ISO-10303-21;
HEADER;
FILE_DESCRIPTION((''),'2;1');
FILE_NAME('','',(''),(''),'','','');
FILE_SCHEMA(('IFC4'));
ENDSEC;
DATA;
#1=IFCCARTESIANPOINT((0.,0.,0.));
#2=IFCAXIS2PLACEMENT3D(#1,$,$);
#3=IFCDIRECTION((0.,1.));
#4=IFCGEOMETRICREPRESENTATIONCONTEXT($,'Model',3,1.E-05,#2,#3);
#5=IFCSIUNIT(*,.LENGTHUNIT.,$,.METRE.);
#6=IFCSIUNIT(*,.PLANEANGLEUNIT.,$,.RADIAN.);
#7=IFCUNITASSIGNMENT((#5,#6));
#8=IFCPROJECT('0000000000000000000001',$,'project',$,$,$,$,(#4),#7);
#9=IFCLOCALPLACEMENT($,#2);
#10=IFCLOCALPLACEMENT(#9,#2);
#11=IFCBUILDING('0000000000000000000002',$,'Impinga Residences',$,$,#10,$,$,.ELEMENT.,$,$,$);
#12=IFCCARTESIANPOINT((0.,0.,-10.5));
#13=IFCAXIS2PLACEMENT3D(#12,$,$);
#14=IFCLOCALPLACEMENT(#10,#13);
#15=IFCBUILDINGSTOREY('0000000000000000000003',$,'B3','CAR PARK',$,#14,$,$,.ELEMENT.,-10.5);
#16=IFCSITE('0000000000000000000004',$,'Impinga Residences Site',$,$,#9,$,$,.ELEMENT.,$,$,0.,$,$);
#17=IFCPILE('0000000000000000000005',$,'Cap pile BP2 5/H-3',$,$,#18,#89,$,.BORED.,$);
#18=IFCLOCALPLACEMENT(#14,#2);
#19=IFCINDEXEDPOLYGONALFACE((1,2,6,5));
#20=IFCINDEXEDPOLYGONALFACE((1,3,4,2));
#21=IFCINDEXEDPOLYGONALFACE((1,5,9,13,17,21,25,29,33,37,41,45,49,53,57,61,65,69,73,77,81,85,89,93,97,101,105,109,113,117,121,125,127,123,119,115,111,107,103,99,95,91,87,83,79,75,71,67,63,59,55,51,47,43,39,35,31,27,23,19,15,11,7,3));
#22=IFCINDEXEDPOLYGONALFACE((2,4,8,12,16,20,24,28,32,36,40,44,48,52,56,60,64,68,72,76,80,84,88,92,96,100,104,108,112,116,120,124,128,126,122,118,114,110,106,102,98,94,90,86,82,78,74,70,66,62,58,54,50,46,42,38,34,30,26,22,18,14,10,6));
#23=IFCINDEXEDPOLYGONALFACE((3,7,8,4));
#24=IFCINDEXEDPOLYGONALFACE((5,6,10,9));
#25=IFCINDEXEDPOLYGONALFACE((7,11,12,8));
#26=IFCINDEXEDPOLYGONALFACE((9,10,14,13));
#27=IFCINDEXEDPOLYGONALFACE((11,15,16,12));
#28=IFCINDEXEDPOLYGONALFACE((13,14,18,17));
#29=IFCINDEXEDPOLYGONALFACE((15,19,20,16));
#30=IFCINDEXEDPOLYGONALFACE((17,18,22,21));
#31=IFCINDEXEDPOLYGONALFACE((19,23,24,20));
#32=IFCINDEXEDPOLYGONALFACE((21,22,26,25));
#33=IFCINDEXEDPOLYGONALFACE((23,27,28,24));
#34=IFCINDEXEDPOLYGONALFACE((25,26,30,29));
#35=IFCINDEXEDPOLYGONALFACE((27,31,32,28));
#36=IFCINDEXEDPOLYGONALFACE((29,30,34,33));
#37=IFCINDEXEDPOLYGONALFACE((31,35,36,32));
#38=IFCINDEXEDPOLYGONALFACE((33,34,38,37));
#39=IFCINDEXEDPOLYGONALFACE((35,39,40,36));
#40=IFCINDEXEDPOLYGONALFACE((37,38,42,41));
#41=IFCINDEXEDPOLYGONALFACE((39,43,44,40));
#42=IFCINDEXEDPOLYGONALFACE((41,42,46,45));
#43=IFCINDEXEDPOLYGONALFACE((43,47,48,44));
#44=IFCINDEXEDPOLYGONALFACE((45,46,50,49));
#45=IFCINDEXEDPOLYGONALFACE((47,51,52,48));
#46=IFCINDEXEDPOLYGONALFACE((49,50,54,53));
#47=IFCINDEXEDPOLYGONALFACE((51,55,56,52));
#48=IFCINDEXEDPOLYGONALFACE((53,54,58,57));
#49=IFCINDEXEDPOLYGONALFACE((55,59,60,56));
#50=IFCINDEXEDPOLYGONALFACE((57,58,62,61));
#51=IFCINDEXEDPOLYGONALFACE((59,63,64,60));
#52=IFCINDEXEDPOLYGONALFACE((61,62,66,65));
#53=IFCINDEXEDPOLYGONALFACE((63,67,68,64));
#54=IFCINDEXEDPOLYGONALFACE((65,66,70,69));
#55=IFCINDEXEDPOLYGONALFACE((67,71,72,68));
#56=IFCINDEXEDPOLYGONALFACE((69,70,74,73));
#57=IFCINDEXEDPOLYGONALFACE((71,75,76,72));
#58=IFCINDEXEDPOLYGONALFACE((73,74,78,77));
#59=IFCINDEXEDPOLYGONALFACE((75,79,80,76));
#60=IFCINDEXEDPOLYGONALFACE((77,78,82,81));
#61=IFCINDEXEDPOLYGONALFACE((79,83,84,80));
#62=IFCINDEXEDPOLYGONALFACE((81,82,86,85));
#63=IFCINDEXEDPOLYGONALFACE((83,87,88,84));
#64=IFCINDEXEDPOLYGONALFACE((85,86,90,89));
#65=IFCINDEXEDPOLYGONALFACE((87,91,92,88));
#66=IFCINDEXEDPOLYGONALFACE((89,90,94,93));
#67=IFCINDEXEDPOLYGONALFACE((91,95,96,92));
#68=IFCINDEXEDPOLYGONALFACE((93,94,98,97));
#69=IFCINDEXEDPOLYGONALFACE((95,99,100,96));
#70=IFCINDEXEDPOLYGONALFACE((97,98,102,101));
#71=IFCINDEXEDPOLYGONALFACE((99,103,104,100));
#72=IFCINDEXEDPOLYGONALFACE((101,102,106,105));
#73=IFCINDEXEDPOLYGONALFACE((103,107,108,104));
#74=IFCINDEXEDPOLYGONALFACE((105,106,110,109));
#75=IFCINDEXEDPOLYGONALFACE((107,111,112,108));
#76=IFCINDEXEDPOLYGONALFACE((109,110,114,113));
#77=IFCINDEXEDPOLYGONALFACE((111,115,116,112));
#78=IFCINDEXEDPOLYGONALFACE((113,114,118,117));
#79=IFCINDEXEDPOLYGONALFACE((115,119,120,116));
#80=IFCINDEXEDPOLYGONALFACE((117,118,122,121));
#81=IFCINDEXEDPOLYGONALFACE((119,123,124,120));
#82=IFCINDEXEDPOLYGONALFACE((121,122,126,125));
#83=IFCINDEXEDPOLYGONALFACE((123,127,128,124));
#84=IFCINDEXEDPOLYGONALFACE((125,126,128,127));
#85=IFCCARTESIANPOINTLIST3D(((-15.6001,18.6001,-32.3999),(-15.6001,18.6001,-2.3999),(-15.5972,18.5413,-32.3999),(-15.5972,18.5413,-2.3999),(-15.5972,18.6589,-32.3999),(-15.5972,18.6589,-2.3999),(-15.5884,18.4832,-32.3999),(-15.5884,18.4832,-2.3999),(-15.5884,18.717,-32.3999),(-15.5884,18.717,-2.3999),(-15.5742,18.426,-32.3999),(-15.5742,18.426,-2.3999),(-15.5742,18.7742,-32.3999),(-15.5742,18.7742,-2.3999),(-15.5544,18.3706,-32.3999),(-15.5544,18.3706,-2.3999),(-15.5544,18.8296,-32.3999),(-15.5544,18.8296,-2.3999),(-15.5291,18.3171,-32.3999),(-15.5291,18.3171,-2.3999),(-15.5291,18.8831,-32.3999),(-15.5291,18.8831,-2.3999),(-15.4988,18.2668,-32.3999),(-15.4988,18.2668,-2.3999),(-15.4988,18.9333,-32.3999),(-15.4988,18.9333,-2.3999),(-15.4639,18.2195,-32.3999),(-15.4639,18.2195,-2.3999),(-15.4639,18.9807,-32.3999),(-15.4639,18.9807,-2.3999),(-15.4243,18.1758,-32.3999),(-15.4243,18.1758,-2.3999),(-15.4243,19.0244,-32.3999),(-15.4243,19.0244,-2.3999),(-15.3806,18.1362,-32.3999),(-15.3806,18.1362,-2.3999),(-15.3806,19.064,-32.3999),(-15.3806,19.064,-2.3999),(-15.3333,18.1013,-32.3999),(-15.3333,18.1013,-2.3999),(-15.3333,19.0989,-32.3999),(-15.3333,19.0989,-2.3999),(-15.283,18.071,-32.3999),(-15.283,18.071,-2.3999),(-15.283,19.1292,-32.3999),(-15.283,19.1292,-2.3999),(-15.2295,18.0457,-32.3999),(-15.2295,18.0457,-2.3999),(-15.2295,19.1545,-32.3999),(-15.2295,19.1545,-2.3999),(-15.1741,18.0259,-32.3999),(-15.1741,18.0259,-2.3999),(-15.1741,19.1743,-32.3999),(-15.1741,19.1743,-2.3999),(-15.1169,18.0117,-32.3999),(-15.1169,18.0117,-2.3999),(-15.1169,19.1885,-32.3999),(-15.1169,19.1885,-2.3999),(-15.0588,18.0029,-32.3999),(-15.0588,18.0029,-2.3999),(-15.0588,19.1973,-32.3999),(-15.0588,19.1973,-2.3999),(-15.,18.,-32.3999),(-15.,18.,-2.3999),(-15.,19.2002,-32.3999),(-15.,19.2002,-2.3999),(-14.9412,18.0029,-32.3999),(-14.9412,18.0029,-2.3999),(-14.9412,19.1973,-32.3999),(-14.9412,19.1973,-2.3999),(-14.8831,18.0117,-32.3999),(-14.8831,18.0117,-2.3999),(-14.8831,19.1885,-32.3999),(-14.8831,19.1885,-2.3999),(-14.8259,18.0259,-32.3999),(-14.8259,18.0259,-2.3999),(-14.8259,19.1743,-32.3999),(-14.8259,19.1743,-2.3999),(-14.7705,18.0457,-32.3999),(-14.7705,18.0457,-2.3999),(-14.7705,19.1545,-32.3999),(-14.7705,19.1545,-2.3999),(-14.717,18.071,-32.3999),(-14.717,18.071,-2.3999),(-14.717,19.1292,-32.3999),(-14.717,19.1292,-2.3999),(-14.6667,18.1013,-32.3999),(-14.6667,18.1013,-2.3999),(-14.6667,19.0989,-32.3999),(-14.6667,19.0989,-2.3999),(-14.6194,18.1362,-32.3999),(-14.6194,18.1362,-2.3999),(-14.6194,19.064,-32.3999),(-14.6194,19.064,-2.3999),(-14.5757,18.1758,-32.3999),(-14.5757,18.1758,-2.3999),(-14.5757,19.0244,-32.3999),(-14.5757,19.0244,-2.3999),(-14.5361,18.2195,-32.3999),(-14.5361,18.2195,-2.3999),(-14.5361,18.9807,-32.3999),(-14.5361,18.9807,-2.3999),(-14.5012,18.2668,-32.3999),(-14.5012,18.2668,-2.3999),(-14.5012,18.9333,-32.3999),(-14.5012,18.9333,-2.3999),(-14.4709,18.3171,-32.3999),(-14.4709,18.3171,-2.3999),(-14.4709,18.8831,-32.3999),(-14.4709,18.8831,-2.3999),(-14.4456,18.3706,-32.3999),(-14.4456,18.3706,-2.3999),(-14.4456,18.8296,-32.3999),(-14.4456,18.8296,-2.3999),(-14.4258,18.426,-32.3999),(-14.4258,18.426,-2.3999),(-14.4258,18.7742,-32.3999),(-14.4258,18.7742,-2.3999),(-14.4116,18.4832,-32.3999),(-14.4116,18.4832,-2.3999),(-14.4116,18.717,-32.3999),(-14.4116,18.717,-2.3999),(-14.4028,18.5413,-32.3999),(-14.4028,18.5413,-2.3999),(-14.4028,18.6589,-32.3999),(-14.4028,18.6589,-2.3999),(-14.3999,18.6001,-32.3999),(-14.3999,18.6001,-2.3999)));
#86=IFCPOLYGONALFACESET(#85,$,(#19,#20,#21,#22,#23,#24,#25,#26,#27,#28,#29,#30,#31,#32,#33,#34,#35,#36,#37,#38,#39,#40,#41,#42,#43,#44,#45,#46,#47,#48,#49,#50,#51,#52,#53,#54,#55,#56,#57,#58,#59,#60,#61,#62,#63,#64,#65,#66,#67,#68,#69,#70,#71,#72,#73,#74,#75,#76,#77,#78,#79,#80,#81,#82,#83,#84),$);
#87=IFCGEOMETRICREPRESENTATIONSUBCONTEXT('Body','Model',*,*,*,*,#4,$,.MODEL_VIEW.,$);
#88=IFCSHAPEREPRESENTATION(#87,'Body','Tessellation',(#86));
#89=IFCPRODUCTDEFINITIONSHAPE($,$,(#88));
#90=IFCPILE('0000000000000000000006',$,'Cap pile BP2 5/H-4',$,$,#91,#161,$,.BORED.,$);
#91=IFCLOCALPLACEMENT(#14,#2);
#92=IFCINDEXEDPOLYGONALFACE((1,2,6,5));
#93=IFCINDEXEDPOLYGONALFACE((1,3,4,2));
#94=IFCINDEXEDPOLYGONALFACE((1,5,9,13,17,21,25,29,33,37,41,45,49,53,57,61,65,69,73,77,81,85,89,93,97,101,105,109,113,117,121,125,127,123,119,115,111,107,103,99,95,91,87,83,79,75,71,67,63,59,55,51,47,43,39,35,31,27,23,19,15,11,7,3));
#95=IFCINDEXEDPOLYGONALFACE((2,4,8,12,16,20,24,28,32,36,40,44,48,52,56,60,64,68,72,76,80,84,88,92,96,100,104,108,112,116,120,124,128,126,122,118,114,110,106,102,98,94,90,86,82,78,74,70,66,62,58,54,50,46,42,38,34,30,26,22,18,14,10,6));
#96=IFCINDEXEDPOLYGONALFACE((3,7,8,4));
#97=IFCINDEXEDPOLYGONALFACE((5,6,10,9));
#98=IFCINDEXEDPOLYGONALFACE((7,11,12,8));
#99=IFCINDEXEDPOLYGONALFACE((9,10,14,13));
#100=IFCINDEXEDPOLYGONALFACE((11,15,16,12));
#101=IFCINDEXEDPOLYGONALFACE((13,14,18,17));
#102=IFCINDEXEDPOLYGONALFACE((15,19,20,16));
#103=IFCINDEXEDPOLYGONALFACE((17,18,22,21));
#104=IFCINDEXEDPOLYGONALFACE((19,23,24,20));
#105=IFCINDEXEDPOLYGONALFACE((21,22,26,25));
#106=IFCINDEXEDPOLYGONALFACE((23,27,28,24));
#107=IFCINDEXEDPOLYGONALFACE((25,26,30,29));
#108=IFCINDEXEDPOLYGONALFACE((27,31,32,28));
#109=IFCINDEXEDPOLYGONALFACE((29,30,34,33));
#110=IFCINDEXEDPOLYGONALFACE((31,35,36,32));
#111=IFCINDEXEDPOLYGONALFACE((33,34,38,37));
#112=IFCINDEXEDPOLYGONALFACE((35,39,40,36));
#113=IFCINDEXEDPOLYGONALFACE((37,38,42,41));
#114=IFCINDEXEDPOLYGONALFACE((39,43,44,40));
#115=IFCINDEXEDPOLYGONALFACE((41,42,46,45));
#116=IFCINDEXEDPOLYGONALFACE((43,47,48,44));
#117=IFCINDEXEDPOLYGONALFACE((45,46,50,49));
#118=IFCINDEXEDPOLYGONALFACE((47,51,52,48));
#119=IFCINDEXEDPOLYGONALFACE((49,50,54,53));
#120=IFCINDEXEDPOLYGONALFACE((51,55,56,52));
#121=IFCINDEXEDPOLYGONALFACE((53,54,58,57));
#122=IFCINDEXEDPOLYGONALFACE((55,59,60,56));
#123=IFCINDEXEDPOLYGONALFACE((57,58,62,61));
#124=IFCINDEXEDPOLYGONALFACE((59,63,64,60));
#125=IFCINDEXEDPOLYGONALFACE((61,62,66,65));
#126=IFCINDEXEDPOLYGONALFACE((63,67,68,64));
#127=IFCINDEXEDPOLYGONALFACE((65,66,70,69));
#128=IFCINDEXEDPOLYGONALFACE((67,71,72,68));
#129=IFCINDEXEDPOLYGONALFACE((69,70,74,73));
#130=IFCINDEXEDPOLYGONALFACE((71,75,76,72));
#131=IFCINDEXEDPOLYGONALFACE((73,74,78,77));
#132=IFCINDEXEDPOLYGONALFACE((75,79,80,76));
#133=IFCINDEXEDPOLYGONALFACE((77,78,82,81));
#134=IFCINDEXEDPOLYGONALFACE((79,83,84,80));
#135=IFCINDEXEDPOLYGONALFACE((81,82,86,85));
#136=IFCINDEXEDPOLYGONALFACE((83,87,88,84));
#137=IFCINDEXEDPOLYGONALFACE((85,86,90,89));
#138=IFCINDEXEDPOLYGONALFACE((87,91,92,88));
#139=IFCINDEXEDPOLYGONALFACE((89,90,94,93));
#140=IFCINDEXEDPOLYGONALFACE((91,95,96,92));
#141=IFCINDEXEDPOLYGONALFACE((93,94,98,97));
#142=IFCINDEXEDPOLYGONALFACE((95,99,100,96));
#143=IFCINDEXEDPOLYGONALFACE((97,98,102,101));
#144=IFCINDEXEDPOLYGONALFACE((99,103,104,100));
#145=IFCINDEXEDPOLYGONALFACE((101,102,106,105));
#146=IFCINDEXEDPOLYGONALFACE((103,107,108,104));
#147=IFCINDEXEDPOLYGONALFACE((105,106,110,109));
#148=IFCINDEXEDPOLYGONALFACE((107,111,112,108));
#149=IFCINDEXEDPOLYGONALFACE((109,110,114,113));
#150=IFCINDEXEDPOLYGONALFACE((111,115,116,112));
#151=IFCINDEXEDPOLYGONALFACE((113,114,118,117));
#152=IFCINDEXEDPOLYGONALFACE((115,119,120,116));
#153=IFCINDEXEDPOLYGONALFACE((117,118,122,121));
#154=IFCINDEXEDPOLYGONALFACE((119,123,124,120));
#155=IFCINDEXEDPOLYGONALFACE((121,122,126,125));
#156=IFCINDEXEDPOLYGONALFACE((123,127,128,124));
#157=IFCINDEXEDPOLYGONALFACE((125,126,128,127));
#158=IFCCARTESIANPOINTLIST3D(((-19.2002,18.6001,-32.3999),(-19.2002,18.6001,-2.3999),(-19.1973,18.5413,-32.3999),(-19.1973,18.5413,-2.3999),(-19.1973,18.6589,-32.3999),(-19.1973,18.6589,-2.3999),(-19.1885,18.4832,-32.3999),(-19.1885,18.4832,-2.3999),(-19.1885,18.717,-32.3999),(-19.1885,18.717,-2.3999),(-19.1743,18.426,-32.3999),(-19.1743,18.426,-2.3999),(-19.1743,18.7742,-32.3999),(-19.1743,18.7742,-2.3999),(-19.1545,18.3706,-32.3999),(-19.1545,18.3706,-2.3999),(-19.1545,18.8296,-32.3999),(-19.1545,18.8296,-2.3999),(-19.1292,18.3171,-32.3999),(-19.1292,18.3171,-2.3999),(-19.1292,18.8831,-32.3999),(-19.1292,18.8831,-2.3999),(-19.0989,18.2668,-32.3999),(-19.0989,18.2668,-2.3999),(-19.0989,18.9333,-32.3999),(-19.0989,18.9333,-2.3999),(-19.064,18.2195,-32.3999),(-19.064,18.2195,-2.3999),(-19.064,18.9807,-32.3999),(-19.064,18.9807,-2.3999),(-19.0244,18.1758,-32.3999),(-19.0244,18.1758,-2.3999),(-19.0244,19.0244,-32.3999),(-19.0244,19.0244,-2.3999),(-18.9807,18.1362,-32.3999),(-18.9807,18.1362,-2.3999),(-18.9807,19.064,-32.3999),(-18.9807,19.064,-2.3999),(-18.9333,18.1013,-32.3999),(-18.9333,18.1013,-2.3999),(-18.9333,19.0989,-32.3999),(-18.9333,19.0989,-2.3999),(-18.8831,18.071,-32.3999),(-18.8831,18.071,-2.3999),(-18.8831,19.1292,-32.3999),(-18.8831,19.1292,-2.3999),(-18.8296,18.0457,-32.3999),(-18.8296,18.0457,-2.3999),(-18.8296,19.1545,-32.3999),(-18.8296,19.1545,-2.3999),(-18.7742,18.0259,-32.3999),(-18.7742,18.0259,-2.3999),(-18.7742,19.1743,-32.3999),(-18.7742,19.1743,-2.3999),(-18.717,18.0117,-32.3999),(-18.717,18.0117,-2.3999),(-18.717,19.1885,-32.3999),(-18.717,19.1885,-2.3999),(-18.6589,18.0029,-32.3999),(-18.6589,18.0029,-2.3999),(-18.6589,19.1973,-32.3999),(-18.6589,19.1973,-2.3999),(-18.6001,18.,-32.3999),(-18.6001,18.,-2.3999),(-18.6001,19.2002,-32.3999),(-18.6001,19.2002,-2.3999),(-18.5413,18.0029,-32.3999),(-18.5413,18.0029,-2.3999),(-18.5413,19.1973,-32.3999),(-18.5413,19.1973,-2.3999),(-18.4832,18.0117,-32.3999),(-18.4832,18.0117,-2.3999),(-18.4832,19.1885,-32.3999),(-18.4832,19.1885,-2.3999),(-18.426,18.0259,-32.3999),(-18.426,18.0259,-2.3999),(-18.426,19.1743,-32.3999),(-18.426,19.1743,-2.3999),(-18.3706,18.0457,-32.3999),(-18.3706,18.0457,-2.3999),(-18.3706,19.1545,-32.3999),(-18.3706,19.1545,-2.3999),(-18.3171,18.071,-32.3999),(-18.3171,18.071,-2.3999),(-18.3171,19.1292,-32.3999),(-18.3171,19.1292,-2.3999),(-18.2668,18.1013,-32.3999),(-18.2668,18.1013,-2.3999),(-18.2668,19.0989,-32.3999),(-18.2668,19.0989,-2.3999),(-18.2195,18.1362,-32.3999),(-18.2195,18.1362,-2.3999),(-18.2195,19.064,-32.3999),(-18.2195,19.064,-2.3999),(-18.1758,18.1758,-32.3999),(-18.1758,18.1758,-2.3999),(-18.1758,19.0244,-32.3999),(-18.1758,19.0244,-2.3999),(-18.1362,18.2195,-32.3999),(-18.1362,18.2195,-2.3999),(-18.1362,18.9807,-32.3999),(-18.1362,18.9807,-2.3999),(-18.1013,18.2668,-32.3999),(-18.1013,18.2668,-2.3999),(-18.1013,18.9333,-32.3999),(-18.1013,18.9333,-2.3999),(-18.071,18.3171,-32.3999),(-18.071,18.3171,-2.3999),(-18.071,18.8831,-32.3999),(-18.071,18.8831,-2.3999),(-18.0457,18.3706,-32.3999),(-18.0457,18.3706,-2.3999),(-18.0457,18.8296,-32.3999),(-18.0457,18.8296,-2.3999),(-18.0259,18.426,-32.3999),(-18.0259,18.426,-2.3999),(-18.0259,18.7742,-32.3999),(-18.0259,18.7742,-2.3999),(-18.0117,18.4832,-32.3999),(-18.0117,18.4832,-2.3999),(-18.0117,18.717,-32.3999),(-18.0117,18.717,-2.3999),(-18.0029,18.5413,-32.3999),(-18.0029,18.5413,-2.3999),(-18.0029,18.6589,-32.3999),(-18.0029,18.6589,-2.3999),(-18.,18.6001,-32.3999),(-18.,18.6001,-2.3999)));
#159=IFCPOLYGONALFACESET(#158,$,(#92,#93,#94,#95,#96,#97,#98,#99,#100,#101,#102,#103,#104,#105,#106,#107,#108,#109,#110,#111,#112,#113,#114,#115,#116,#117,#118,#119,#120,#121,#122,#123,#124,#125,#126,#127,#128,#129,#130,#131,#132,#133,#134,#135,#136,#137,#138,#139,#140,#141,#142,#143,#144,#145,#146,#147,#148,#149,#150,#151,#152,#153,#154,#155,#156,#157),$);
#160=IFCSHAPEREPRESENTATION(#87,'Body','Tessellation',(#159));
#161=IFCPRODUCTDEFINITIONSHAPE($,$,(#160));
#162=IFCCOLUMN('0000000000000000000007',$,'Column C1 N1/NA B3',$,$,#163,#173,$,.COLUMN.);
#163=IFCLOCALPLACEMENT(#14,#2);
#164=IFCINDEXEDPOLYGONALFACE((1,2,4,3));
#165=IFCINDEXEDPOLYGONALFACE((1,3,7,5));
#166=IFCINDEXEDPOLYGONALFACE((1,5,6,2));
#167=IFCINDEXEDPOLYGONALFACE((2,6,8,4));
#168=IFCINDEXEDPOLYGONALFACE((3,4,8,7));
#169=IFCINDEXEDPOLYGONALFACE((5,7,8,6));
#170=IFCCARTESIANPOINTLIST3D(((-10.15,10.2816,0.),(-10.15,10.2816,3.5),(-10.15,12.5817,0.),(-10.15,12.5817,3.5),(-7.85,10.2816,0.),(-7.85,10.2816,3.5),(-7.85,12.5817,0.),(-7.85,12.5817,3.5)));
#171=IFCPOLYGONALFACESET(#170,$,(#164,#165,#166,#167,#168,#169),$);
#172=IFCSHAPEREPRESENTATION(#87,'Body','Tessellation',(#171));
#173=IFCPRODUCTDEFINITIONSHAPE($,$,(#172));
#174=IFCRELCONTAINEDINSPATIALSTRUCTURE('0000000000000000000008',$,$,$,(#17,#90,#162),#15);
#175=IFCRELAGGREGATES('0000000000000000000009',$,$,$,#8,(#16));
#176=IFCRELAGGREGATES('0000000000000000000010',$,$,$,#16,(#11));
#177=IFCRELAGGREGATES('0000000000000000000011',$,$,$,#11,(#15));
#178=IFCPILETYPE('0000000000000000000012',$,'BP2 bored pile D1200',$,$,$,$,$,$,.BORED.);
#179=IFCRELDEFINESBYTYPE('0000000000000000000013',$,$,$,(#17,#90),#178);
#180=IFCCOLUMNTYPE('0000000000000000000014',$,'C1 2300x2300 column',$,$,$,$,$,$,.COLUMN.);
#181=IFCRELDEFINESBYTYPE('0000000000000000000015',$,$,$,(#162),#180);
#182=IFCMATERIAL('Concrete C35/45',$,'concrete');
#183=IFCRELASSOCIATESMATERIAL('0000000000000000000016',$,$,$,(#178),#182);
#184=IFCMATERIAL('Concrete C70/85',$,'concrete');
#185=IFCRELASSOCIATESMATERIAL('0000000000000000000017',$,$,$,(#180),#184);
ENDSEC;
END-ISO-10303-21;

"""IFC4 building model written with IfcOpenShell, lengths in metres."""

from ifc_helpers import new_model, si_unit, direction, frame, origin, origin_2d, place, context, subcontext, project, spatial, polyline, rectangle, circle, outline, extrude, material, material_profile, profile_set, type_object, element, save


model = new_model("IFC4")

# Units and contexts
model_context = context("Model", 3, precision=1e-05, world=origin(), true_north=direction((0.0, 1.0)))
body_context = subcontext(model_context, "Body", "Model", "MODEL_VIEW")
ifc_project = project(units=[si_unit("LENGTHUNIT", "METRE"), si_unit("PLANEANGLEUNIT", "RADIAN")], contexts=[model_context])

# Site, building, storey
site_placement = place(None, origin())
site = spatial("IfcSite", under=ifc_project, at=site_placement, Name="Impinga Residences Site", CompositionType="ELEMENT", RefElevation=0.0)
building_placement = place(site_placement, origin())
building = spatial("IfcBuilding", under=site, at=building_placement, Name="Impinga Residences", CompositionType="ELEMENT")
storey_placement = place(building_placement, frame((0.0, 0.0, -10.5)))
storey = spatial("IfcBuildingStorey", under=building, at=storey_placement, Name="B3", Description="CAR PARK", CompositionType="ELEMENT", Elevation=-10.5)

# Piles
ifc_material_1 = material(Name="Concrete C35/45", Category="concrete")
ifc_material_profile_1 = material_profile(ifc_material_1, circle(Radius=0.6001, at=origin_2d()), Name="D1200")
ifc_profile_set_1 = profile_set([ifc_material_profile_1], Name="Concrete C35/45")
pile_type_1 = type_object("IfcPileType", Name="BP2 bored pile D1200", PredefinedType="BORED", material=ifc_profile_set_1)
pile_1_placement = place(storey_placement, frame((-15.0, 18.6001, -2.3999), z_axis=(0.0, 0.0, -1.0), x_axis=(1.0, 0.0, 0.0)))
element("IfcPile", 1, at=pile_1_placement, inside=storey, type_object=pile_type_1, Name="Cap pile BP2 5/H-3", PredefinedType="BORED", context=body_context, shape_type="SweptSolid", body=[
    extrude(outline(polyline([(0.6001, 0.0), (0.5972, 0.0588), (0.5884, 0.1169), (0.5742, 0.1741), (0.5544, 0.2295), (0.5291, 0.283), (0.4988, 0.3333), (0.4639, 0.3806), (0.4243, 0.4243), (0.3806, 0.4639), (0.3333, 0.4988), (0.283, 0.5291), (0.2295, 0.5544), (0.1741, 0.5742), (0.1169, 0.5884), (0.0588, 0.5972), (0.0, 0.6001), (-0.0588, 0.5972), (-0.1169, 0.5884), (-0.1741, 0.5742), (-0.2295, 0.5544), (-0.283, 0.5291), (-0.3333, 0.4988), (-0.3806, 0.4639), (-0.4243, 0.4243), (-0.4639, 0.3806), (-0.4988, 0.3333), (-0.5291, 0.283), (-0.5544, 0.2295), (-0.5742, 0.1741), (-0.5884, 0.1169), (-0.5972, 0.0588), (-0.6001, 0.0), (-0.5972, -0.0588), (-0.5884, -0.1169), (-0.5742, -0.1741), (-0.5544, -0.2295), (-0.5291, -0.283), (-0.4988, -0.3333), (-0.4639, -0.3806), (-0.4243, -0.4243), (-0.3806, -0.4639), (-0.3333, -0.4988), (-0.283, -0.5291), (-0.2295, -0.5544), (-0.1741, -0.5742), (-0.1169, -0.5884), (-0.0588, -0.5972), (0.0, -0.6001), (0.0588, -0.5972), (0.1169, -0.5884), (0.1741, -0.5742), (0.2295, -0.5544), (0.283, -0.5291), (0.3333, -0.4988), (0.3806, -0.4639), (0.4243, -0.4243), (0.4639, -0.3806), (0.4988, -0.3333), (0.5291, -0.283), (0.5544, -0.2295), (0.5742, -0.1741), (0.5884, -0.1169), (0.5972, -0.0588), (0.6001, 0.0)])), origin(), (0.0, 0.0, 1.0), 30.0),
])
pile_2_placement = place(storey_placement, frame((-18.6001, 18.6001, -2.3999), z_axis=(0.0, 0.0, -1.0), x_axis=(1.0, 0.0, 0.0)))
element("IfcPile", 2, at=pile_2_placement, inside=storey, type_object=pile_type_1, Name="Cap pile BP2 5/H-4", PredefinedType="BORED", context=body_context, shape_type="SweptSolid", body=[
    extrude(outline(polyline([(0.6001, 0.0), (0.5972, 0.0588), (0.5884, 0.1169), (0.5742, 0.1741), (0.5544, 0.2295), (0.5291, 0.283), (0.4988, 0.3333), (0.4639, 0.3806), (0.4243, 0.4243), (0.3806, 0.4639), (0.3333, 0.4988), (0.283, 0.5291), (0.2295, 0.5544), (0.1741, 0.5742), (0.1169, 0.5884), (0.0588, 0.5972), (0.0, 0.6001), (-0.0588, 0.5972), (-0.1169, 0.5884), (-0.1741, 0.5742), (-0.2295, 0.5544), (-0.283, 0.5291), (-0.3333, 0.4988), (-0.3806, 0.4639), (-0.4243, 0.4243), (-0.4639, 0.3806), (-0.4988, 0.3333), (-0.5291, 0.283), (-0.5544, 0.2295), (-0.5742, 0.1741), (-0.5884, 0.1169), (-0.5972, 0.0588), (-0.6001, 0.0), (-0.5972, -0.0588), (-0.5884, -0.1169), (-0.5742, -0.1741), (-0.5544, -0.2295), (-0.5291, -0.283), (-0.4988, -0.3333), (-0.4639, -0.3806), (-0.4243, -0.4243), (-0.3806, -0.4639), (-0.3333, -0.4988), (-0.283, -0.5291), (-0.2295, -0.5544), (-0.1741, -0.5742), (-0.1169, -0.5884), (-0.0588, -0.5972), (0.0, -0.6001), (0.0588, -0.5972), (0.1169, -0.5884), (0.1741, -0.5742), (0.2295, -0.5544), (0.283, -0.5291), (0.3333, -0.4988), (0.3806, -0.4639), (0.4243, -0.4243), (0.4639, -0.3806), (0.4988, -0.3333), (0.5291, -0.283), (0.5544, -0.2295), (0.5742, -0.1741), (0.5884, -0.1169), (0.5972, -0.0588), (0.6001, 0.0)])), origin(), (0.0, 0.0, 1.0), 30.0),
])

# Column
ifc_material_2 = material(Name="Concrete C70/85", Category="concrete")
ifc_material_profile_2 = material_profile(ifc_material_2, rectangle(XDim=2.3, YDim=2.3, at=origin_2d()), Name="RC 2300x2300")
ifc_profile_set_2 = profile_set([ifc_material_profile_2], Name="Concrete C70/85")
column_type_1 = type_object("IfcColumnType", Name="C1 2300x2300 column", PredefinedType="COLUMN", material=ifc_profile_set_2)
for number, where, z_axis, x_axis, name in (
    (3, (-9.0, 11.4316, 0.0), (0.0, 0.0, 1.0), (1.0, 0.0, 0.0), "Column C1 N1/NA B3"),
):
    element("IfcColumn", number, at=place(storey_placement, frame(where, z_axis=z_axis, x_axis=x_axis)), inside=storey, type_object=column_type_1, Name=name, PredefinedType="COLUMN", context=body_context, shape_type="SweptSolid", body=[
        extrude(rectangle(XDim=2.3, YDim=2.3, at=origin_2d()), origin(), (0.0, 0.0, 1.0), 3.5),
    ])

save(model, "model.ifc")
